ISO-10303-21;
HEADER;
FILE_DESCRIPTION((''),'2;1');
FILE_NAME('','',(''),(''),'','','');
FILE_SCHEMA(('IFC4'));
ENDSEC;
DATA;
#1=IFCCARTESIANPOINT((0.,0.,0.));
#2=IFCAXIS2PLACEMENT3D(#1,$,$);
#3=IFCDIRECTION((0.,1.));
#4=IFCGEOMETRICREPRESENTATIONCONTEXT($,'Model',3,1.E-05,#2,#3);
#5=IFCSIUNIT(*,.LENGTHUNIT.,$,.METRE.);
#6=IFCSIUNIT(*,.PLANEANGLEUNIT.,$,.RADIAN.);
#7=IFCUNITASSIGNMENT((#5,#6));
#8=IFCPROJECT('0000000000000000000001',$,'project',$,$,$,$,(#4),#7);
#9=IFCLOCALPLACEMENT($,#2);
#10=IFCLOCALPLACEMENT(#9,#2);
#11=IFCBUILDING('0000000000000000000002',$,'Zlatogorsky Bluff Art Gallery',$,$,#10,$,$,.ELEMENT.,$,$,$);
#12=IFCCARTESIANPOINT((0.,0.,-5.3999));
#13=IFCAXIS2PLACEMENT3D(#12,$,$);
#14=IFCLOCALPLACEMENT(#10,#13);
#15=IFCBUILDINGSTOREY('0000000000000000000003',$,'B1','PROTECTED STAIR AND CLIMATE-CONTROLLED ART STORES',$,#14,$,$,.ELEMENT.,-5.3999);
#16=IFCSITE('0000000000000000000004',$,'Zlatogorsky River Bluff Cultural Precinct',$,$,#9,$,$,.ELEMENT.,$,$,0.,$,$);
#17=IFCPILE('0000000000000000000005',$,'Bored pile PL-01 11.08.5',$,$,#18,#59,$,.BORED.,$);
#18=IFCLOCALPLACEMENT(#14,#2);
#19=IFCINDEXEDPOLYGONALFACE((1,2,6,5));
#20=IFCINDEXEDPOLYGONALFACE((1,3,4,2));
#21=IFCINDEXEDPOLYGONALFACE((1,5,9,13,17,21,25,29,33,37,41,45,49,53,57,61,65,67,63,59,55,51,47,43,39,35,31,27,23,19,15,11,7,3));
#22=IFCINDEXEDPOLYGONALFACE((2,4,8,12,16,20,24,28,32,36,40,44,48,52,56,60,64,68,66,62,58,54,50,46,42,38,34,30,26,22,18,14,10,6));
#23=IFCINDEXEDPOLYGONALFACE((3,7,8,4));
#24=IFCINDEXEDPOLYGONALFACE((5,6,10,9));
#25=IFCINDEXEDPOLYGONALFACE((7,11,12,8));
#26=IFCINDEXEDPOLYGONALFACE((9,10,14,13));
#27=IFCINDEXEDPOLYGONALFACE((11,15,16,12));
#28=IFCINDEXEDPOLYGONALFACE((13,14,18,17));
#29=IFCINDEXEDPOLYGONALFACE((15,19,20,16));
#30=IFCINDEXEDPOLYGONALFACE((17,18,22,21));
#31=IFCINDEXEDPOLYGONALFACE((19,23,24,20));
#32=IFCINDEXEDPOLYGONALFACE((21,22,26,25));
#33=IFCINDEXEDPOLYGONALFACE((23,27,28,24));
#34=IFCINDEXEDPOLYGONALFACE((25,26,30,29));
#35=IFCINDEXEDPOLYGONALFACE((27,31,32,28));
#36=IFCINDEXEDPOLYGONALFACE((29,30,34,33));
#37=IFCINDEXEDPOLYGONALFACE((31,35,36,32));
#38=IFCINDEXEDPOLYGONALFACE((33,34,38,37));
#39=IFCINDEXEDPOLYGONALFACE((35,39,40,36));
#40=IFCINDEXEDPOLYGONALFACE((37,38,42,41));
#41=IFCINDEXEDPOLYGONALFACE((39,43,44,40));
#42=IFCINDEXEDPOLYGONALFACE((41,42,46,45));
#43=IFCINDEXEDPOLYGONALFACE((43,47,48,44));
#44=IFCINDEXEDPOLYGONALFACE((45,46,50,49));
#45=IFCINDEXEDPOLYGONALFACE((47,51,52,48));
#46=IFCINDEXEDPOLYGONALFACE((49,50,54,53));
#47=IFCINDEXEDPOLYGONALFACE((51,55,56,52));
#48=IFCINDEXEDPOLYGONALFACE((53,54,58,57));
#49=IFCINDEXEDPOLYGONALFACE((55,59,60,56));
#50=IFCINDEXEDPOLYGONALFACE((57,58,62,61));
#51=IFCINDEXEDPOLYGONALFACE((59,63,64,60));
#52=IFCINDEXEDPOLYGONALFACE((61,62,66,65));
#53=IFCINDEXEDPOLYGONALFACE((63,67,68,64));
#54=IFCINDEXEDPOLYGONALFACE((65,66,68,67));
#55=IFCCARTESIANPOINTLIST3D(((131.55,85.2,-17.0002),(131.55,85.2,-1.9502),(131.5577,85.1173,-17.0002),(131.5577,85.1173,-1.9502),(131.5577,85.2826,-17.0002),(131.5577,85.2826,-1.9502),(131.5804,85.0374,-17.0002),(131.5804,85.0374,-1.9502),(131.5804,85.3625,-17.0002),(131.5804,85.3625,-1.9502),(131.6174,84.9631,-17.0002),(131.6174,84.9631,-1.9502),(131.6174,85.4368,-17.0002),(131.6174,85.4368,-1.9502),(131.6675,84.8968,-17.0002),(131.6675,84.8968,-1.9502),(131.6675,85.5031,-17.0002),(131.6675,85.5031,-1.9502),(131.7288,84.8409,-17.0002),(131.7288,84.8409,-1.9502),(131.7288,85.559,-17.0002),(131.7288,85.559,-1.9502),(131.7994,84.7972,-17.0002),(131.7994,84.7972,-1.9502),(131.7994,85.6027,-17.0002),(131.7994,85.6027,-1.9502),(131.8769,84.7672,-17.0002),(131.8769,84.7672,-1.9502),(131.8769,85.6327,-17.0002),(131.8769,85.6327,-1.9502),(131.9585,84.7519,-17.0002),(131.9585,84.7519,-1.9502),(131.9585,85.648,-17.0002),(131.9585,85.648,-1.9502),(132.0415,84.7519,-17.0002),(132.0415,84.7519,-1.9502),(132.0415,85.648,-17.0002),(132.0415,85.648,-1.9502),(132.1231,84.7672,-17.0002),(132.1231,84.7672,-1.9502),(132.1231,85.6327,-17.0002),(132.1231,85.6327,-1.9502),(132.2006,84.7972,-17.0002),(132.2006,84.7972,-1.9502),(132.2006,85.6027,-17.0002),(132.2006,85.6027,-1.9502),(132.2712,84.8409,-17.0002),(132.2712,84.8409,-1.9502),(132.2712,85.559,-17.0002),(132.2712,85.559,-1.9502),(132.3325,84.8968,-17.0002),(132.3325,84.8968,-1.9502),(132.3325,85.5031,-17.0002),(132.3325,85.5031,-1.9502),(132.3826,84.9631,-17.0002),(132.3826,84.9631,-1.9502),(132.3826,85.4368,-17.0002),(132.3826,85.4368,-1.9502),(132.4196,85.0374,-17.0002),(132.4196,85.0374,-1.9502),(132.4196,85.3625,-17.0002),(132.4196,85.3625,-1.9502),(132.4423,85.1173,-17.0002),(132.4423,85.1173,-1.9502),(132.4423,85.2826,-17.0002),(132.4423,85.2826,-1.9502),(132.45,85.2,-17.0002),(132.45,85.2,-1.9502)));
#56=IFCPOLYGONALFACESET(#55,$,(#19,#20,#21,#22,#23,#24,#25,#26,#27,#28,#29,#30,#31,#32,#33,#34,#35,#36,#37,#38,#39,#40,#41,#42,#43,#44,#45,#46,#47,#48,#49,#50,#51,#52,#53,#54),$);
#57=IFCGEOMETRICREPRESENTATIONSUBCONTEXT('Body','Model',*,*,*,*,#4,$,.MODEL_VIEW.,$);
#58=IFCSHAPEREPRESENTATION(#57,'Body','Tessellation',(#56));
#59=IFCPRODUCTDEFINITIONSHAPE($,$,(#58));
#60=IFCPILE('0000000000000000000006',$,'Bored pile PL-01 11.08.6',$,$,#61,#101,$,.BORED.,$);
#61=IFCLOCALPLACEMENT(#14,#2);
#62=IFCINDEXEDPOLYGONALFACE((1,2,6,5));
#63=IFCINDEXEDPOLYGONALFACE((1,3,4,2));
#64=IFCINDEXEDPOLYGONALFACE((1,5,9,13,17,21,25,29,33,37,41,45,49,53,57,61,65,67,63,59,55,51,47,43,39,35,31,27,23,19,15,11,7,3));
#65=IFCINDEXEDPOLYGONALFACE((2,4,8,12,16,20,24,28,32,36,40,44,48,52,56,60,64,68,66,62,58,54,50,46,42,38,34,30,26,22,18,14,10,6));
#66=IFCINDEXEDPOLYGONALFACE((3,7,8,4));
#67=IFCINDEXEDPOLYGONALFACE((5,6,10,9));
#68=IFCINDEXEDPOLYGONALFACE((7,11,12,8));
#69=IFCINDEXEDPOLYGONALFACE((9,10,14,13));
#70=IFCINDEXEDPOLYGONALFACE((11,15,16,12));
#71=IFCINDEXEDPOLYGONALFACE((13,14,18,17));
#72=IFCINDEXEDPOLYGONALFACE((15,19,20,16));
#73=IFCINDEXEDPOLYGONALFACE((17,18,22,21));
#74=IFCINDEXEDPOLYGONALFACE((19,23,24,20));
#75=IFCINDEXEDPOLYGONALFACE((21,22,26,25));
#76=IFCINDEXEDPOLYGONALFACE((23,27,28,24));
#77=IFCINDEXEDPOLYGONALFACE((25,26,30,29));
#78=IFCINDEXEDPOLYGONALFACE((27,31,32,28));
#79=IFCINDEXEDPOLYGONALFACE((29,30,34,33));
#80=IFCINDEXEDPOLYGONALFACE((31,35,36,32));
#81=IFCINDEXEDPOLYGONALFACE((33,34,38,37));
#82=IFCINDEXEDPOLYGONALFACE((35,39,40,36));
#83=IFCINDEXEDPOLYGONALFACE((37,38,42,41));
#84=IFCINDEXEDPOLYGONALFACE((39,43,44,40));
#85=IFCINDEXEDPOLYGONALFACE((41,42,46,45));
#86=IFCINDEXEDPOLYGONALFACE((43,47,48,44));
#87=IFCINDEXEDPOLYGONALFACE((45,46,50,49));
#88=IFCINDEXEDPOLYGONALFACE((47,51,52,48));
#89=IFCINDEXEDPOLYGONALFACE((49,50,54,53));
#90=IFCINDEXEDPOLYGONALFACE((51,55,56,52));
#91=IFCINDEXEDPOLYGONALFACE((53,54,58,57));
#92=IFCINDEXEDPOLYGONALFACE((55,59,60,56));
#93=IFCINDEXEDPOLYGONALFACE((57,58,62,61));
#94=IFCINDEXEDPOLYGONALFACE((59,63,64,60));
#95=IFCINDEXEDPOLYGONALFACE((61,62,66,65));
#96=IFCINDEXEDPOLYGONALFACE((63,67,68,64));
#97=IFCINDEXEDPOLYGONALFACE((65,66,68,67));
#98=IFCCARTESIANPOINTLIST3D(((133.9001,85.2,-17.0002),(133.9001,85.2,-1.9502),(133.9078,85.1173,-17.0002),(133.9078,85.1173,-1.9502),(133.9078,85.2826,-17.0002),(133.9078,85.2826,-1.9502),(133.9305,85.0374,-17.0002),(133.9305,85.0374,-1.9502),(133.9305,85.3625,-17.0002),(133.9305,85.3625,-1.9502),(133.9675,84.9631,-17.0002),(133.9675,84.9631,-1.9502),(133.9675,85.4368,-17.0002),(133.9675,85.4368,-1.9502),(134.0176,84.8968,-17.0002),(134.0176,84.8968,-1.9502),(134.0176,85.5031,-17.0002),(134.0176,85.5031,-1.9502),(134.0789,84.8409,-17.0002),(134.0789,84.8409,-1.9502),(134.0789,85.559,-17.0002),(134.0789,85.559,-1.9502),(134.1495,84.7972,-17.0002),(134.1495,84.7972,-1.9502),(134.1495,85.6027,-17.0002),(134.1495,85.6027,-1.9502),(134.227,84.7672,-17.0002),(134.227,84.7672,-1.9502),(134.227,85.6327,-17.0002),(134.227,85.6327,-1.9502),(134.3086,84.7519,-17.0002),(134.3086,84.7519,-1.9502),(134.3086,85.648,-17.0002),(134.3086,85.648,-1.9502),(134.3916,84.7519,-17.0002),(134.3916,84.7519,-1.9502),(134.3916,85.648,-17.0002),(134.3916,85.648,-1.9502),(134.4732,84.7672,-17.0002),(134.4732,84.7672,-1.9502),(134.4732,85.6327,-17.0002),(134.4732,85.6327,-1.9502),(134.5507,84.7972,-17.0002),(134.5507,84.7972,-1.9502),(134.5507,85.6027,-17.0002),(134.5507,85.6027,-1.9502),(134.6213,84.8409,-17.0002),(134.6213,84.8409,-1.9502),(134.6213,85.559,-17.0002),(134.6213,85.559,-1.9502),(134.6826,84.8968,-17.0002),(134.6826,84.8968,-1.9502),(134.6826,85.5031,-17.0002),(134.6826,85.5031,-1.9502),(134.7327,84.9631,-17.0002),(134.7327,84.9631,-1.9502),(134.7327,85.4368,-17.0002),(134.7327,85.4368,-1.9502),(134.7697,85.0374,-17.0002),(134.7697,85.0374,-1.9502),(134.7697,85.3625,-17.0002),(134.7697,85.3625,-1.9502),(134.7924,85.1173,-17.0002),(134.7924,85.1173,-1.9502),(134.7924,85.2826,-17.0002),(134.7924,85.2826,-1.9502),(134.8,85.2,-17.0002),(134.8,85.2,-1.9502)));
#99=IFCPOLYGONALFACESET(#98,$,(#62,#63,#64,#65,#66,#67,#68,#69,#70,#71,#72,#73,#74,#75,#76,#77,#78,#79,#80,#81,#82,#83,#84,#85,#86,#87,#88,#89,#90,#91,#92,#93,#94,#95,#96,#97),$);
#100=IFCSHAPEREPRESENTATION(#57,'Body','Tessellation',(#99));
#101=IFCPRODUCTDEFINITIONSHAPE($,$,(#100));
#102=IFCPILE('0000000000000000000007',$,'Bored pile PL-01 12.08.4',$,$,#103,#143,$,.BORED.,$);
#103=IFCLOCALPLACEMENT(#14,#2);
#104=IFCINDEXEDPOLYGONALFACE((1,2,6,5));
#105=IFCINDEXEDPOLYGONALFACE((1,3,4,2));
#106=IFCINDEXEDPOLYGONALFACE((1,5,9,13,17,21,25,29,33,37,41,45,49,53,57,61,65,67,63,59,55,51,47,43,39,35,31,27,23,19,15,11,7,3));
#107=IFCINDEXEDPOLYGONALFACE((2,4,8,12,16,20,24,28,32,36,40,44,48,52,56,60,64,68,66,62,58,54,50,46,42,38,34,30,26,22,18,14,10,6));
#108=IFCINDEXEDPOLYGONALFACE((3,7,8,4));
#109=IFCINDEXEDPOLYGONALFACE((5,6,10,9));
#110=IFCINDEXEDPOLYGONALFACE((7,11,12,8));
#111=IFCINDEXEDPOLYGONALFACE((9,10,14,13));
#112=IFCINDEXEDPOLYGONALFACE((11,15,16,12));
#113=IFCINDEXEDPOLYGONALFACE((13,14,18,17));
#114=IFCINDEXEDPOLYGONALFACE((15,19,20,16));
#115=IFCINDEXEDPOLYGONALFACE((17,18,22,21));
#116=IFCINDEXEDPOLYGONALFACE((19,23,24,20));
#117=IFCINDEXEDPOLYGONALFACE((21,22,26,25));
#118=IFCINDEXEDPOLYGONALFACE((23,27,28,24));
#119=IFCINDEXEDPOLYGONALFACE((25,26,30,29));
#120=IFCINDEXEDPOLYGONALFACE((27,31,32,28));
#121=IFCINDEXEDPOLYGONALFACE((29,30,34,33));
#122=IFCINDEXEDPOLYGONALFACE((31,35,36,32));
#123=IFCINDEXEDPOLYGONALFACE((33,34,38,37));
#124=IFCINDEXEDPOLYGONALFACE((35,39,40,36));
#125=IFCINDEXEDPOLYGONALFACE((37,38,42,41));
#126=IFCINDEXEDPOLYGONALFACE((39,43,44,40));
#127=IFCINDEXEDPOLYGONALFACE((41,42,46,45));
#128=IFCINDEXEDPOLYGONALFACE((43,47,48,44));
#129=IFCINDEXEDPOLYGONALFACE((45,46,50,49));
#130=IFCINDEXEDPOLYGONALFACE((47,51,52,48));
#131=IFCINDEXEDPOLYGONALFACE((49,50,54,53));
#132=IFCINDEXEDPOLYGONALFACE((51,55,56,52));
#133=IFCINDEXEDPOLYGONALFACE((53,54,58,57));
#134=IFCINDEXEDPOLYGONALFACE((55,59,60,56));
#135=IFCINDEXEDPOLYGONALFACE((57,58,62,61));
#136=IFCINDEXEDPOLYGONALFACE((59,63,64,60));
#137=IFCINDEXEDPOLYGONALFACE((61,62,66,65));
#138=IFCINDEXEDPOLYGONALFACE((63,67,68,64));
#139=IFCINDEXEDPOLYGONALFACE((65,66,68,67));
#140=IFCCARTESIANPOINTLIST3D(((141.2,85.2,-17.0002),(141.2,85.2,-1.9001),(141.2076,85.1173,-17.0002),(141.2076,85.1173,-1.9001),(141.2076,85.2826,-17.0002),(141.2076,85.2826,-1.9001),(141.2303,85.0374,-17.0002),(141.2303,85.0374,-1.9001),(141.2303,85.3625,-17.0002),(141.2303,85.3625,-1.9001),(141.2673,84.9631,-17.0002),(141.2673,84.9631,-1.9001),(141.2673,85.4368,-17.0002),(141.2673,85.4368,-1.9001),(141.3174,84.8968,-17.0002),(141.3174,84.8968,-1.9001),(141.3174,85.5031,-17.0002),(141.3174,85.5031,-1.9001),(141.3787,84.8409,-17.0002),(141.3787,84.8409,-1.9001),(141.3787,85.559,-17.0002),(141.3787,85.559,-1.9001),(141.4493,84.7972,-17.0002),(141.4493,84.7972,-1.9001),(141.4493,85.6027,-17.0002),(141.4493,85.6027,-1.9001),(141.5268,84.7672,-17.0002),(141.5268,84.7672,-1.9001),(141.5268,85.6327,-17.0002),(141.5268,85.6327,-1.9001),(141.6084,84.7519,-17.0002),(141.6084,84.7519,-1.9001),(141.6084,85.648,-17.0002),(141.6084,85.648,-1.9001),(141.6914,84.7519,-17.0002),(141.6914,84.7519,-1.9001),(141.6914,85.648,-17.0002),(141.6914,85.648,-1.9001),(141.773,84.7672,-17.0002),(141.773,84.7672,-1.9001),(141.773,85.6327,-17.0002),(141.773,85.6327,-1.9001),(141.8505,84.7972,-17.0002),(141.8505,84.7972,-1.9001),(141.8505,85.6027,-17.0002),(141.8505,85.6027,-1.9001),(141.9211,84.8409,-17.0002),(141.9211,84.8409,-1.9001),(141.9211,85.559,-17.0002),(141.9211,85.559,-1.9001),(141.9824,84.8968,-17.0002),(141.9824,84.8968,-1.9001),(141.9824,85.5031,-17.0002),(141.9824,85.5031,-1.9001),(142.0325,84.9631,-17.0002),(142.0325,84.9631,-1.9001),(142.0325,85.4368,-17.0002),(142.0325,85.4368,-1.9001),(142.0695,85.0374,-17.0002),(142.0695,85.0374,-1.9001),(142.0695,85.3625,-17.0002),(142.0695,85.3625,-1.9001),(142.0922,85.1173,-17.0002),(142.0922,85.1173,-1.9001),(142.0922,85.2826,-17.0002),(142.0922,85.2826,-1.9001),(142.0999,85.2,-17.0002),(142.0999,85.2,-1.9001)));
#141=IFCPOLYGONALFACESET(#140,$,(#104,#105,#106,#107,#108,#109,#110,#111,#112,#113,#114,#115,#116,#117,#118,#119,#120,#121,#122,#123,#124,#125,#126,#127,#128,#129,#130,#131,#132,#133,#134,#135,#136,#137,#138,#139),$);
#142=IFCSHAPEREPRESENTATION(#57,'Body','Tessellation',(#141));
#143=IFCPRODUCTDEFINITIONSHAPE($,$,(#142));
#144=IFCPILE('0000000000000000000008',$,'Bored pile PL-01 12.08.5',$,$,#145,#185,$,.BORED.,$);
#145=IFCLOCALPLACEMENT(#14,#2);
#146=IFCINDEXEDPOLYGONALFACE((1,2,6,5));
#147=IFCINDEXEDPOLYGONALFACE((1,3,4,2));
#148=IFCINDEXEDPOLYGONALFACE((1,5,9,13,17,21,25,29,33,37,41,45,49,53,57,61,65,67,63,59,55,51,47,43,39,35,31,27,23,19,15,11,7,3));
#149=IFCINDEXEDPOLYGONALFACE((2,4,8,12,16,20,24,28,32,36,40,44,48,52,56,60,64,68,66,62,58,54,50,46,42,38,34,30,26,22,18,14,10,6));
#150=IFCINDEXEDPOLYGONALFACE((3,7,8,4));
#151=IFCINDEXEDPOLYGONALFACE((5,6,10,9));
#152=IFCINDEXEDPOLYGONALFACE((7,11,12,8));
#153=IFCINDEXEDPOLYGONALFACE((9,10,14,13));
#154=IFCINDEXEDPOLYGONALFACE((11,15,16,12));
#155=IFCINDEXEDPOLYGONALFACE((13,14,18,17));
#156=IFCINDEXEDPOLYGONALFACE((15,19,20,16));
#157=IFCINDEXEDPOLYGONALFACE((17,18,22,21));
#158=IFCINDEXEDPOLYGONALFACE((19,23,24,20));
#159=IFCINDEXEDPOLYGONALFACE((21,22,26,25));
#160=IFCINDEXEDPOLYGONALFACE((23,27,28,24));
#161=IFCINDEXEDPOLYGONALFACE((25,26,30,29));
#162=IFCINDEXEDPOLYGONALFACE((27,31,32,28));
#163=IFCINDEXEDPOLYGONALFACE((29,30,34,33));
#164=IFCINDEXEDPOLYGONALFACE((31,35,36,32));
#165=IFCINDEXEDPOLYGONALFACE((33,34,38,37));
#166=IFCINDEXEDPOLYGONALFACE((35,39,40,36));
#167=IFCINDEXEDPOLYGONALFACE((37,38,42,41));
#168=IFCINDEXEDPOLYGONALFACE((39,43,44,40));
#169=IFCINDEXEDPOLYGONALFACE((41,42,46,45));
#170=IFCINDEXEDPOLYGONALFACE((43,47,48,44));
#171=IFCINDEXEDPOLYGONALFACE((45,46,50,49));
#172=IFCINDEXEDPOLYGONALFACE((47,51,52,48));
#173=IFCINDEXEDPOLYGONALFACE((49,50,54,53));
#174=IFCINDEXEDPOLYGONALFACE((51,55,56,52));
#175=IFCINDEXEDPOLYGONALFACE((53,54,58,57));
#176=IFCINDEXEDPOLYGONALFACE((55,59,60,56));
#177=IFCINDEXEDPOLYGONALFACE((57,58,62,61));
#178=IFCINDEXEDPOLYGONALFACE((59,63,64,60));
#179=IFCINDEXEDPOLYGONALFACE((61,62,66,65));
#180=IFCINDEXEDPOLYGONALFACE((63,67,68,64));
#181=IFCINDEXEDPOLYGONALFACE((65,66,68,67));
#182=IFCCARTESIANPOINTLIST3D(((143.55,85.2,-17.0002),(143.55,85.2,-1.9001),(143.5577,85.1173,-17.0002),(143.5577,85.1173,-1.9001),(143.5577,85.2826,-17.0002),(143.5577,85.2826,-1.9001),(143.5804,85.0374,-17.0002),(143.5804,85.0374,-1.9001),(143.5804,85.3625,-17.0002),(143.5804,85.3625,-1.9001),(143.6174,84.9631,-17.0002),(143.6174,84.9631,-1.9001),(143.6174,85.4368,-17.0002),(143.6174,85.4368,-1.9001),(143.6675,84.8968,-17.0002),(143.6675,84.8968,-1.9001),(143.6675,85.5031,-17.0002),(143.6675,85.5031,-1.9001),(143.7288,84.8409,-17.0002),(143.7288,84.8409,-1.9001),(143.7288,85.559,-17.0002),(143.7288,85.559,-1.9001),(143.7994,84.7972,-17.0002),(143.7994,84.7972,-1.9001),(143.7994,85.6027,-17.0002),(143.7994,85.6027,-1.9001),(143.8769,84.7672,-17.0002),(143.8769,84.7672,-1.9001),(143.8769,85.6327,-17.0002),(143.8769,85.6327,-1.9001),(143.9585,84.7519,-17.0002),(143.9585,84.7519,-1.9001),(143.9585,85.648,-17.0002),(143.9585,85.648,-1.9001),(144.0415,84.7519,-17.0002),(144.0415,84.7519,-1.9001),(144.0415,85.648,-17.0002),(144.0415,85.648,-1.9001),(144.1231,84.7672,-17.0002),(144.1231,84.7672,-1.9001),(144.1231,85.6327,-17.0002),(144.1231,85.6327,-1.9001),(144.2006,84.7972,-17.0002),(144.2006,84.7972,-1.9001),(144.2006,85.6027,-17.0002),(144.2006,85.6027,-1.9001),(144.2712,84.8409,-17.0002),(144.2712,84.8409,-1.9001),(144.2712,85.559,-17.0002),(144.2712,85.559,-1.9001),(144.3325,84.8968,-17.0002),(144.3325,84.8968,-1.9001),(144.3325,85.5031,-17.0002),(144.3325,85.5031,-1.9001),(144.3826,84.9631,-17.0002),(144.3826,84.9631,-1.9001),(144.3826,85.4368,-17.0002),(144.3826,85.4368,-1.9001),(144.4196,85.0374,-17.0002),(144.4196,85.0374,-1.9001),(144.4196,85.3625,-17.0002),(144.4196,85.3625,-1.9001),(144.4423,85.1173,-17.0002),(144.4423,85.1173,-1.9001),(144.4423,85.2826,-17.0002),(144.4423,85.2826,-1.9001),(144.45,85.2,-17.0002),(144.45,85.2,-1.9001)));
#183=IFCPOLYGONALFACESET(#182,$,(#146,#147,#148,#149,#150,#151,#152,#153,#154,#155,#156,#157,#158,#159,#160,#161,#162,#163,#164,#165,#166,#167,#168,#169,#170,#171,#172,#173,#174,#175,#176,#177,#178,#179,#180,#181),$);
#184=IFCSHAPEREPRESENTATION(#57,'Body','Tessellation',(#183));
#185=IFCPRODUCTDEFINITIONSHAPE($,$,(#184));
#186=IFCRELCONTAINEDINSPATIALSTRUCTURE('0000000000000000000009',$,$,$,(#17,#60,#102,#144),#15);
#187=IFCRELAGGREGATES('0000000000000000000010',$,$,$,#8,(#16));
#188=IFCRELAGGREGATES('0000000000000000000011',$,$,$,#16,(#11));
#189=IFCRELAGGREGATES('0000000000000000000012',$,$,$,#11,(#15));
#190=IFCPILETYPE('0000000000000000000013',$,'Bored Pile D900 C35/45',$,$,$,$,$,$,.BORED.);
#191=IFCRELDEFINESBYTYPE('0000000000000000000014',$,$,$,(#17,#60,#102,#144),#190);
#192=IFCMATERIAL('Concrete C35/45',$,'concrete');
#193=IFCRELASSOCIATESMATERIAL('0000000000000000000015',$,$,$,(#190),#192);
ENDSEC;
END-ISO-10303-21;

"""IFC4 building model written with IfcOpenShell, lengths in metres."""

from ifc_helpers import new_model, si_unit, direction, frame, origin, origin_2d, place, context, subcontext, project, spatial, circle, extrude, material, material_profile, profile_set, type_object, element, save


model = new_model("IFC4")

# Units and contexts
model_context = context("Model", 3, precision=1e-05, world=origin(), true_north=direction((0.0, 1.0)))
body_context = subcontext(model_context, "Body", "Model", "MODEL_VIEW")
ifc_project = project(units=[si_unit("LENGTHUNIT", "METRE"), si_unit("PLANEANGLEUNIT", "RADIAN")], contexts=[model_context])

# Site, building, storey
site_placement = place(None, origin())
site = spatial("IfcSite", under=ifc_project, at=site_placement, Name="Zlatogorsky River Bluff Cultural Precinct", CompositionType="ELEMENT", RefElevation=0.0)
building_placement = place(site_placement, origin())
building = spatial("IfcBuilding", under=site, at=building_placement, Name="Zlatogorsky Bluff Art Gallery", CompositionType="ELEMENT")
storey_placement = place(building_placement, frame((0.0, 0.0, -5.3999)))
storey = spatial("IfcBuildingStorey", under=building, at=storey_placement, Name="B1", Description="PROTECTED STAIR AND CLIMATE-CONTROLLED ART STORES", CompositionType="ELEMENT", Elevation=-5.3999)

# Piles
ifc_material_1 = material(Name="Concrete C35/45", Category="concrete")
ifc_material_profile_1 = material_profile(ifc_material_1, circle(Radius=0.45, at=origin_2d()), Name="BORED PILE D900")
ifc_profile_set_1 = profile_set([ifc_material_profile_1], Name="Concrete C35/45")
pile_type = type_object("IfcPileType", Name="Bored Pile D900 C35/45", PredefinedType="BORED", material=ifc_profile_set_1)
for number, where, z_axis, x_axis, name in (
    (1, (132.0, 85.2, -1.9502), (0.0, 0.0, -1.0), (1.0, 0.0, 0.0), "Bored pile PL-01 11.08.5"),
    (2, (134.3501, 85.2, -1.9502), (0.0, 0.0, -1.0), (1.0, 0.0, 0.0), "Bored pile PL-01 11.08.6"),
):
    element("IfcPile", number, at=place(storey_placement, frame(where, z_axis=z_axis, x_axis=x_axis)), inside=storey, type_object=pile_type, Name=name, PredefinedType="BORED", context=body_context, shape_type="SweptSolid", body=[
        extrude(circle(Radius=0.45, at=origin_2d()), origin(), (0.0, 0.0, 1.0), 15.05),
    ])
for number, where, z_axis, x_axis, name in (
    (3, (141.6499, 85.2, -1.9001), (0.0, 0.0, -1.0), (1.0, 0.0, 0.0), "Bored pile PL-01 12.08.4"),
    (4, (144.0, 85.2, -1.9001), (0.0, 0.0, -1.0), (1.0, 0.0, 0.0), "Bored pile PL-01 12.08.5"),
):
    element("IfcPile", number, at=place(storey_placement, frame(where, z_axis=z_axis, x_axis=x_axis)), inside=storey, type_object=pile_type, Name=name, PredefinedType="BORED", context=body_context, shape_type="SweptSolid", body=[
        extrude(circle(Radius=0.45, at=origin_2d()), origin(), (0.0, 0.0, 1.0), 15.1001),
    ])

save(model, "model.ifc")
